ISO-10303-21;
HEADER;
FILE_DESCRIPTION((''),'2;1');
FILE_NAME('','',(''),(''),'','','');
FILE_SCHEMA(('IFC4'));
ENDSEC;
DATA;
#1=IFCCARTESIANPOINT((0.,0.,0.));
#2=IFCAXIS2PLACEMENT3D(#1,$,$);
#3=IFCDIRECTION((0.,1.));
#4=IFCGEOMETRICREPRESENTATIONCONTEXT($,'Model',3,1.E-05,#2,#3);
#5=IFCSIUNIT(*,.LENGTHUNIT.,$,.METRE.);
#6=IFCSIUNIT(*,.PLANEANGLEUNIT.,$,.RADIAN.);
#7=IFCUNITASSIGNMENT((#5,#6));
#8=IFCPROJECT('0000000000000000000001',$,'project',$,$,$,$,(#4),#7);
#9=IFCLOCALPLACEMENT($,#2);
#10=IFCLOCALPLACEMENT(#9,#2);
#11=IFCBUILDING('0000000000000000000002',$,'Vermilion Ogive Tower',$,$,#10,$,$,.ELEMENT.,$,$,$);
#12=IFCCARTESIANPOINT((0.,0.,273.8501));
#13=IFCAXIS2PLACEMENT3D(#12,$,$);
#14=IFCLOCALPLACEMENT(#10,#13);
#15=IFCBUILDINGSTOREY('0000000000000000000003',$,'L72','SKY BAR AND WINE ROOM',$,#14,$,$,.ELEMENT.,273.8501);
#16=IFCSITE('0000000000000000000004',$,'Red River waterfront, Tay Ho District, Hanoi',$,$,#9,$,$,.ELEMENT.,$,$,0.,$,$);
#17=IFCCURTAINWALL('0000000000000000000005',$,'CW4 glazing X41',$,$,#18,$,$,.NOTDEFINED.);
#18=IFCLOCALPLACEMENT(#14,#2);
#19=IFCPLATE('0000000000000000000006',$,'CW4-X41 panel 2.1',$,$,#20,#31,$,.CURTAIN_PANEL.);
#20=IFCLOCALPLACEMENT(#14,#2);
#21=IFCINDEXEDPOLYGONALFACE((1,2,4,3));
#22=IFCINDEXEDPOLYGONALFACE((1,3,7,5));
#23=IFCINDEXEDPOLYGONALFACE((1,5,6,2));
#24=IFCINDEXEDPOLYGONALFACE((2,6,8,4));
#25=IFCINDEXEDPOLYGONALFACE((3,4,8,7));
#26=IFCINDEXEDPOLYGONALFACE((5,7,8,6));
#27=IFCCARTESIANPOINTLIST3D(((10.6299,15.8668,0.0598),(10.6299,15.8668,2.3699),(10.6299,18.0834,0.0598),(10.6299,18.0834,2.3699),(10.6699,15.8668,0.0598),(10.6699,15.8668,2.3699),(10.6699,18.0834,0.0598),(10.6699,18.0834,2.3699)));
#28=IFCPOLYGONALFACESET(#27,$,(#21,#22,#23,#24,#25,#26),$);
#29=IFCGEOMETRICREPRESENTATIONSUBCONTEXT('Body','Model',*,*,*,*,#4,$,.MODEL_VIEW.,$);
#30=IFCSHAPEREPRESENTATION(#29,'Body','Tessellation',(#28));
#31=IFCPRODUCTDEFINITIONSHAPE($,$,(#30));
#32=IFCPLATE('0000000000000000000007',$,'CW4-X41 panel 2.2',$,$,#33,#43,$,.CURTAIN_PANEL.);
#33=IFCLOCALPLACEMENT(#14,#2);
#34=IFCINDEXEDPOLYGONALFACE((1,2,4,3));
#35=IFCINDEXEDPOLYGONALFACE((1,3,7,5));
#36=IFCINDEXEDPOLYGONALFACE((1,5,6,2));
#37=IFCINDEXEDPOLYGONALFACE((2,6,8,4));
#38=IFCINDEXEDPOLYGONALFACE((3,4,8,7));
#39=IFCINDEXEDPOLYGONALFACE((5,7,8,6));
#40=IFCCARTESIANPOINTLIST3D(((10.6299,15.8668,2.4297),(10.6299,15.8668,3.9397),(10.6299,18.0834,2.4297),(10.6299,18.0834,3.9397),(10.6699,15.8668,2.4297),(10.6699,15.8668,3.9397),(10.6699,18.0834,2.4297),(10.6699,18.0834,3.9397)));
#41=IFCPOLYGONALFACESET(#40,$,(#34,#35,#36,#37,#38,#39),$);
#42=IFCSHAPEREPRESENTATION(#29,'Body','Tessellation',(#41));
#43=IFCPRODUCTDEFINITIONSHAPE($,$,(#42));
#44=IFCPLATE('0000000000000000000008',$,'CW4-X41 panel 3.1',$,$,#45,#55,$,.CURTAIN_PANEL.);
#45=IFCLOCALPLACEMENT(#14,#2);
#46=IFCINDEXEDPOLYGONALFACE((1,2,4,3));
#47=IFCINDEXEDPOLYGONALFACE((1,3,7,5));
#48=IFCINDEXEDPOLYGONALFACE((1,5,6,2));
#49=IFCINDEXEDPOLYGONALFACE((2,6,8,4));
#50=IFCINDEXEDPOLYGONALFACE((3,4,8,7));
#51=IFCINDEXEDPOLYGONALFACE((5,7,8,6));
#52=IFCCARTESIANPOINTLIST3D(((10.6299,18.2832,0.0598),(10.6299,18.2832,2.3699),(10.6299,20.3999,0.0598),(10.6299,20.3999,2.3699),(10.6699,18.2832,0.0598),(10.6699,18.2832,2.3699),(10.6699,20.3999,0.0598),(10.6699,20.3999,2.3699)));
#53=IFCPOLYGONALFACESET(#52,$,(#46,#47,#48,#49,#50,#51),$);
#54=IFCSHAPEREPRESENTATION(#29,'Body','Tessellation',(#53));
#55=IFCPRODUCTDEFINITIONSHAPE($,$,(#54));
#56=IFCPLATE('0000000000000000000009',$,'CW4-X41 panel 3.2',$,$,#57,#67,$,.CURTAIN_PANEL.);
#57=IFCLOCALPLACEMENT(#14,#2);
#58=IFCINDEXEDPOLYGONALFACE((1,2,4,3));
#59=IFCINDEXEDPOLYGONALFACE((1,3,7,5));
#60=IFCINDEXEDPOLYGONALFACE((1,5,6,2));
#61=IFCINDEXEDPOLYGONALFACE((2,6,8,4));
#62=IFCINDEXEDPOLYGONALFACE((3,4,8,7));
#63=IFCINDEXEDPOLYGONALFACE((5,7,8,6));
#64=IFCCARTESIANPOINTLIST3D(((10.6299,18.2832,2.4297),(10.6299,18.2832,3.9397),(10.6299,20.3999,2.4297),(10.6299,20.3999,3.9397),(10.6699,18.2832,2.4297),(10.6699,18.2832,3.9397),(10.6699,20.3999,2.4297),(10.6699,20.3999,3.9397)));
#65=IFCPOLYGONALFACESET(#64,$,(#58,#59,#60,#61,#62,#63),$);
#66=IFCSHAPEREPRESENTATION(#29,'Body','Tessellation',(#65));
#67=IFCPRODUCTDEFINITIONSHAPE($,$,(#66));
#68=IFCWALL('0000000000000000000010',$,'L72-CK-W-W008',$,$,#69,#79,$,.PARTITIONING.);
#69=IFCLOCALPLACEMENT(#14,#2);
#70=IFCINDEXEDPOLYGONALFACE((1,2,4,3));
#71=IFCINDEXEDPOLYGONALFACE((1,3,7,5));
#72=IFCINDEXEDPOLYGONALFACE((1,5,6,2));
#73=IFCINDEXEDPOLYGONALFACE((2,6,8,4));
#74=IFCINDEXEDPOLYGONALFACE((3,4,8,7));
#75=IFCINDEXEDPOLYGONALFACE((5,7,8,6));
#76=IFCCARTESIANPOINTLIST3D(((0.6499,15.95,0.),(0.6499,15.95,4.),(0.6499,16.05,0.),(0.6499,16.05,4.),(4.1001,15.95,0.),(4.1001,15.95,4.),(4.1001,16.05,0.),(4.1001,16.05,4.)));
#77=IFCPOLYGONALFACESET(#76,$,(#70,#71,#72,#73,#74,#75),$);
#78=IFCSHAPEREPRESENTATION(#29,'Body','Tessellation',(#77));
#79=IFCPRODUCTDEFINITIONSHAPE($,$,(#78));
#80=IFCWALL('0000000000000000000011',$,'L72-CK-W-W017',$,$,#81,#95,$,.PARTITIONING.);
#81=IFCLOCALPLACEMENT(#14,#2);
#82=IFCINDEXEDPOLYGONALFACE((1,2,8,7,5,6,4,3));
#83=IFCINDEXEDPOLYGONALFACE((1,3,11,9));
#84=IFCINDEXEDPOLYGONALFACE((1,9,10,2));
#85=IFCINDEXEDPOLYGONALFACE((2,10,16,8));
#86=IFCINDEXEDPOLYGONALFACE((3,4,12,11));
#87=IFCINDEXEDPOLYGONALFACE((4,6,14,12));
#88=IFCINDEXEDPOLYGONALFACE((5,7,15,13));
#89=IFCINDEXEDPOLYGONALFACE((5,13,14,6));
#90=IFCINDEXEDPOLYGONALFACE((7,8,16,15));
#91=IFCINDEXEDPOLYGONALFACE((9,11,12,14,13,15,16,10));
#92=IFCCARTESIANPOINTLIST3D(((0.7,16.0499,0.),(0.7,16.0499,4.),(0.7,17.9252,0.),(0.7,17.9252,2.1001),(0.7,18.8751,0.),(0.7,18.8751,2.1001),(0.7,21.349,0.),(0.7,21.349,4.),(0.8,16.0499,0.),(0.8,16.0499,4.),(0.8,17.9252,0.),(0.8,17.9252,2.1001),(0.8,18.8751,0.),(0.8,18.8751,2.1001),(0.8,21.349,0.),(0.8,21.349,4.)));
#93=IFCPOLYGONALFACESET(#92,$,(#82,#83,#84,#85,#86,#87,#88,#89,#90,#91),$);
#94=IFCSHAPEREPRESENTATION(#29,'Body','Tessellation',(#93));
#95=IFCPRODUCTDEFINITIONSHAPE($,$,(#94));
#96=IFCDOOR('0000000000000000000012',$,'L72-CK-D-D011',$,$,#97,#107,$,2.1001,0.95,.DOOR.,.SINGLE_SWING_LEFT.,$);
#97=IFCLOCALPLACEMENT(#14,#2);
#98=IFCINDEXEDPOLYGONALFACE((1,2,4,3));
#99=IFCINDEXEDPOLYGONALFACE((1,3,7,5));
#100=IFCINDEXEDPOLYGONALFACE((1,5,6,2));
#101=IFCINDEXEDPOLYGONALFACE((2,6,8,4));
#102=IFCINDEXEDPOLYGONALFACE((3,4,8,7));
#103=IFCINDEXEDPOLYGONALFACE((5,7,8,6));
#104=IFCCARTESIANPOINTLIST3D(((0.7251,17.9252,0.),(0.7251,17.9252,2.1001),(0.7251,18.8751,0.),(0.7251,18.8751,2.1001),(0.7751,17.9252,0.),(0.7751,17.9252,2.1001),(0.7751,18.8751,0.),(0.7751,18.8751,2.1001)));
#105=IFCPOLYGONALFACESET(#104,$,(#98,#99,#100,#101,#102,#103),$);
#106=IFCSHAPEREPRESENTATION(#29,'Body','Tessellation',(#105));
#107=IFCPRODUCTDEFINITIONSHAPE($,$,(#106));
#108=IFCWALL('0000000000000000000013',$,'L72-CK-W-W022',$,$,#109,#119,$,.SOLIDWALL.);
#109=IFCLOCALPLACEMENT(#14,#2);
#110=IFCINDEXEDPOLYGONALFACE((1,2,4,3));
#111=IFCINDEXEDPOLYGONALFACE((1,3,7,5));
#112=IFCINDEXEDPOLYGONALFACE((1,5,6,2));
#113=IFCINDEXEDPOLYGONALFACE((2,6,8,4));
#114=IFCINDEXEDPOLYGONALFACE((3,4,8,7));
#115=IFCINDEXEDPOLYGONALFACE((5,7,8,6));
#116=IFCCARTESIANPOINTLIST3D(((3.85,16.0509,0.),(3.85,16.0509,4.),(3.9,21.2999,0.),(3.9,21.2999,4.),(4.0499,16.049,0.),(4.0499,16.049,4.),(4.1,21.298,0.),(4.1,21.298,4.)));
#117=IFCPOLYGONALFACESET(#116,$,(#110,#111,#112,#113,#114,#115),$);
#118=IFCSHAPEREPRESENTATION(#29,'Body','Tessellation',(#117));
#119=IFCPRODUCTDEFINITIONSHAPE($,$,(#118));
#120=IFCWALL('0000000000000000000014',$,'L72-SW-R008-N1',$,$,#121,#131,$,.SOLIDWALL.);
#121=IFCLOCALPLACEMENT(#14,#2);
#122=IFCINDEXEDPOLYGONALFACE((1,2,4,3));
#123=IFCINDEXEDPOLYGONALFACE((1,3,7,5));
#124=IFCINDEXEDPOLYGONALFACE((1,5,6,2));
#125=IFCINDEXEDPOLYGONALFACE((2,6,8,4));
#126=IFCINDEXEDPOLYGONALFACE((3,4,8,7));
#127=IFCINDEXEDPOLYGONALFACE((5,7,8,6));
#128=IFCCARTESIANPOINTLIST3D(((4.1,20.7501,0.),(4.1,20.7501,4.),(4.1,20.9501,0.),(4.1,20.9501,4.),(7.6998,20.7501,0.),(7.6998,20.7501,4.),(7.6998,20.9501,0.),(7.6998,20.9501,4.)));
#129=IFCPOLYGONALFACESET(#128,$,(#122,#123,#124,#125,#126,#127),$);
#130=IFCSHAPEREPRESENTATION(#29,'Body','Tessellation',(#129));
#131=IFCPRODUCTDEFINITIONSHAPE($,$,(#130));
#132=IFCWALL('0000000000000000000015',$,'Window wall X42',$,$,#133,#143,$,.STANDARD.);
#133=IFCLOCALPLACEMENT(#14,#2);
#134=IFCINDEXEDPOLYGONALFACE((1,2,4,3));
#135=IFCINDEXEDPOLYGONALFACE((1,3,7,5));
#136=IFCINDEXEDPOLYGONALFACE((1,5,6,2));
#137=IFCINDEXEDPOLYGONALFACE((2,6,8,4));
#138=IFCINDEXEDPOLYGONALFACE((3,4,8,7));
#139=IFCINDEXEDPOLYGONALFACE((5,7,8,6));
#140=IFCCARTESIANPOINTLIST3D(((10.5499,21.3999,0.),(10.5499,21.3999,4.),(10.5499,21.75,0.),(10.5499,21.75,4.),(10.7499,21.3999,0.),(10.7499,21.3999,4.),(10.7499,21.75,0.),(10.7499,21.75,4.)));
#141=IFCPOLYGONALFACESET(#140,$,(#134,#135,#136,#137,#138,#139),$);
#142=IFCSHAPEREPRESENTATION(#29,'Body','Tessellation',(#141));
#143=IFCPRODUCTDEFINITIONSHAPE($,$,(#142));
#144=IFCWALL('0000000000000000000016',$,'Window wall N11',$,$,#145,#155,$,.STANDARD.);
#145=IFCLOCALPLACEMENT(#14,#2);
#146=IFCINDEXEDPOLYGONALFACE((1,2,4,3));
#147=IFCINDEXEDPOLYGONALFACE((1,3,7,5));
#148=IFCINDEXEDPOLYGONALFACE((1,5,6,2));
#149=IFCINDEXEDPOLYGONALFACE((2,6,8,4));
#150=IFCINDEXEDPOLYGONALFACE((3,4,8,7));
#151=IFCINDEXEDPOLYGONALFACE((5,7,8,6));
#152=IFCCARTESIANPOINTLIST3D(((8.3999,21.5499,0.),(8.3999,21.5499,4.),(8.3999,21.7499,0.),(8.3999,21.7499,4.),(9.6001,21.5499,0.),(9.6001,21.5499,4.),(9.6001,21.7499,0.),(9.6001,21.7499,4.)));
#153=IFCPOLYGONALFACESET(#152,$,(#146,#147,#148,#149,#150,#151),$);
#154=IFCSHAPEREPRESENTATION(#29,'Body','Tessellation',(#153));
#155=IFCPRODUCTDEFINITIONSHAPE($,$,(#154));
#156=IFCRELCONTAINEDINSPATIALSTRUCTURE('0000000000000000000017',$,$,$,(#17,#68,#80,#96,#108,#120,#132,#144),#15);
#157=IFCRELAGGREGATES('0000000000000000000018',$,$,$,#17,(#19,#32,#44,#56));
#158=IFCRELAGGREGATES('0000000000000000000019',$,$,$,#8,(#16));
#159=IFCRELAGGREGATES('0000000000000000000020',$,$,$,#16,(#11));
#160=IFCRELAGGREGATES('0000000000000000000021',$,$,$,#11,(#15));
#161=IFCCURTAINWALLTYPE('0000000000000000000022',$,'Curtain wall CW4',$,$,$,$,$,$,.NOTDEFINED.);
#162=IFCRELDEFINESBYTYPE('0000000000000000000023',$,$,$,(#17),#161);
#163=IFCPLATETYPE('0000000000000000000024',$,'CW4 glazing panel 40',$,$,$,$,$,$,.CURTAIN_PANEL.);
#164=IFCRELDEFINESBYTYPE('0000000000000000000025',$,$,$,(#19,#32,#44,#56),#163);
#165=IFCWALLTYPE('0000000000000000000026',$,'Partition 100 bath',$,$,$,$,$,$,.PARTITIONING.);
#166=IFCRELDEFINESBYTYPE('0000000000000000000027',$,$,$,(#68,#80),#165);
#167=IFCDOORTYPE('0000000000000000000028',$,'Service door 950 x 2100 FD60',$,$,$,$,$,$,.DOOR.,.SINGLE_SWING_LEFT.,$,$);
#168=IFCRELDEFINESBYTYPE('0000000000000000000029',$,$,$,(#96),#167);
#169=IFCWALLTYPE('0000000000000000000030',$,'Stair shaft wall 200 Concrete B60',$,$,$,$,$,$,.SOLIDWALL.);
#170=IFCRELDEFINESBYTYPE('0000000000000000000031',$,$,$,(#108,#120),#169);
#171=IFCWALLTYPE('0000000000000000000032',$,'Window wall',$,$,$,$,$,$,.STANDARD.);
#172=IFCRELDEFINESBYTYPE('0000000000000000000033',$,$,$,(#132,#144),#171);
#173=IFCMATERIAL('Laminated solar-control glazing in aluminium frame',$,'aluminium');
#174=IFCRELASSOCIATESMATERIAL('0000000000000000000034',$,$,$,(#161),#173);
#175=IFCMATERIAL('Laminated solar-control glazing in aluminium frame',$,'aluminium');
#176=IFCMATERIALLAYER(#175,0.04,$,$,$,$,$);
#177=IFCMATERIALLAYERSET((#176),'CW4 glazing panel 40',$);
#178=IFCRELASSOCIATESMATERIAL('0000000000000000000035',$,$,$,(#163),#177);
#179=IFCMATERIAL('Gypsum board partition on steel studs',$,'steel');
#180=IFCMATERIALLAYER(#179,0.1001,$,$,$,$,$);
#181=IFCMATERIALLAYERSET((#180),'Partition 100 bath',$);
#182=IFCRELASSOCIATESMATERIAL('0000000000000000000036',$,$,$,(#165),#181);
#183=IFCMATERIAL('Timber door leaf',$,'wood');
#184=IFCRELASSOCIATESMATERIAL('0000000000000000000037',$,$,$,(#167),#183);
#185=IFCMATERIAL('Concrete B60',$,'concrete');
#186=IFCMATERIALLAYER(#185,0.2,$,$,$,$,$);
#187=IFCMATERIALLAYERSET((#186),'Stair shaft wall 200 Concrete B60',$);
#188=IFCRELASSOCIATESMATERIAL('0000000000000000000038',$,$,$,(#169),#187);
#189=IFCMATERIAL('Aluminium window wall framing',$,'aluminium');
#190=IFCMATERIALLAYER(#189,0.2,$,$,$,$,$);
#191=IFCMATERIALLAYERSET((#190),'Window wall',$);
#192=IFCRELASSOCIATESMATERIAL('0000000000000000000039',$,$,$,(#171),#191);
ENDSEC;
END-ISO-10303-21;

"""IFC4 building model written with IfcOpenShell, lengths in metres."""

from ifc_helpers import new_model, si_unit, direction, frame, frame_2d, origin, origin_2d, place, context, subcontext, project, spatial, rectangle, extrude, material, layer, layer_set, type_object, element, fill, aggregate, save


model = new_model("IFC4")

# Units and contexts
model_context = context("Model", 3, precision=1e-05, world=origin(), true_north=direction((0.0, 1.0)))
body_context = subcontext(model_context, "Body", "Model", "MODEL_VIEW")
ifc_project = project(units=[si_unit("LENGTHUNIT", "METRE"), si_unit("PLANEANGLEUNIT", "RADIAN")], contexts=[model_context])

# Site, building, storey
site_placement = place(None, origin())
site = spatial("IfcSite", under=ifc_project, at=site_placement, Name="Red River waterfront, Tay Ho District, Hanoi", CompositionType="ELEMENT", RefElevation=0.0)
building_placement = place(site_placement, origin())
building = spatial("IfcBuilding", under=site, at=building_placement, Name="Vermilion Ogive Tower", CompositionType="ELEMENT")
storey_placement = place(building_placement, frame((0.0, 0.0, 273.8501)))
storey = spatial("IfcBuildingStorey", under=building, at=storey_placement, Name="L72", Description="SKY BAR AND WINE ROOM", CompositionType="ELEMENT", Elevation=273.8501)

# Curtain wall, plates
ifc_material_1 = material(Name="Laminated solar-control glazing in aluminium frame", Category="aluminium")
curtain_wall_type = type_object("IfcCurtainWallType", Name="Curtain wall CW4", PredefinedType="NOTDEFINED", material=ifc_material_1)
curtain_wall_placement = place(storey_placement, origin())
curtain_wall = element("IfcCurtainWall", 1, at=curtain_wall_placement, inside=storey, type_object=curtain_wall_type, Name="CW4 glazing X41", PredefinedType="NOTDEFINED")
ifc_material_2 = material(Name="Laminated solar-control glazing in aluminium frame", Category="aluminium")
ifc_layer_1 = layer(ifc_material_2, 0.04)
ifc_layer_set_1 = layer_set([ifc_layer_1], Name="CW4 glazing panel 40")
plate_type = type_object("IfcPlateType", Name="CW4 glazing panel 40", PredefinedType="CURTAIN_PANEL", material=ifc_layer_set_1)
plate_1_placement = place(storey_placement, frame((10.6499, 16.9751, 0.0598), z_axis=(0.0, 0.0, 1.0), x_axis=(0.0, 1.0, 0.0)))
plate_1 = element("IfcPlate", 2, at=plate_1_placement, type_object=plate_type, Name="CW4-X41 panel 2.1", PredefinedType="CURTAIN_PANEL", context=body_context, shape_type="SweptSolid", body=[
    extrude(rectangle(XDim=2.2166, YDim=0.04, at=origin_2d()), origin(), (0.0, 0.0, 1.0), 2.3101),
])
plate_2_placement = place(storey_placement, frame((10.6499, 16.9751, 2.4297), z_axis=(0.0, 0.0, 1.0), x_axis=(0.0, 1.0, 0.0)))
plate_2 = element("IfcPlate", 3, at=plate_2_placement, type_object=plate_type, Name="CW4-X41 panel 2.2", PredefinedType="CURTAIN_PANEL", context=body_context, shape_type="SweptSolid", body=[
    extrude(rectangle(XDim=2.2166, YDim=0.04, at=origin_2d()), origin(), (0.0, 0.0, 1.0), 1.51),
])
plate_3_placement = place(storey_placement, frame((10.6499, 19.3416, 0.0598), z_axis=(0.0, 0.0, 1.0), x_axis=(0.0, 1.0, 0.0)))
plate_3 = element("IfcPlate", 4, at=plate_3_placement, type_object=plate_type, Name="CW4-X41 panel 3.1", PredefinedType="CURTAIN_PANEL", context=body_context, shape_type="SweptSolid", body=[
    extrude(rectangle(XDim=2.1167, YDim=0.04, at=origin_2d()), origin(), (0.0, 0.0, 1.0), 2.3101),
])
plate_4_placement = place(storey_placement, frame((10.6499, 19.3416, 2.4297), z_axis=(0.0, 0.0, 1.0), x_axis=(0.0, 1.0, 0.0)))
plate_4 = element("IfcPlate", 5, at=plate_4_placement, type_object=plate_type, Name="CW4-X41 panel 3.2", PredefinedType="CURTAIN_PANEL", context=body_context, shape_type="SweptSolid", body=[
    extrude(rectangle(XDim=2.1167, YDim=0.04, at=origin_2d()), origin(), (0.0, 0.0, 1.0), 1.51),
])
aggregate(curtain_wall, [plate_1, plate_2, plate_3, plate_4])

# Wall
ifc_material_3 = material(Name="Gypsum board partition on steel studs", Category="steel")
ifc_layer_2 = layer(ifc_material_3, 0.1001)
ifc_layer_set_2 = layer_set([ifc_layer_2], Name="Partition 100 bath")
wall_type_1 = type_object("IfcWallType", Name="Partition 100 bath", PredefinedType="PARTITIONING", material=ifc_layer_set_2)
wall_1_placement = place(storey_placement, frame((0.6499, 16.0, 0.0), z_axis=(0.0, 0.0, 1.0), x_axis=(1.0, 0.0, 0.0)))
element("IfcWall", 6, at=wall_1_placement, inside=storey, type_object=wall_type_1, Name="L72-CK-W-W008", PredefinedType="PARTITIONING", context=body_context, shape_type="SweptSolid", body=[
    extrude(rectangle(XDim=3.4502, YDim=0.1001, at=frame_2d((1.7251, 0.0))), origin(), (0.0, 0.0, 1.0), 4.0),
])

# Wall, opening, door
wall_2_placement = place(storey_placement, frame((0.75, 16.05, 0.0), z_axis=(0.0, 0.0, 1.0), x_axis=(0.0, 1.0, 0.0)))
wall_2 = element("IfcWall", 7, at=wall_2_placement, inside=storey, type_object=wall_type_1, Name="L72-CK-W-W017", PredefinedType="PARTITIONING", context=body_context, shape_type="SweptSolid", body=[
    extrude(rectangle(XDim=5.2991, YDim=0.1001, at=frame_2d((2.6494, 0.0))), origin(), (0.0, 0.0, 1.0), 4.0),
])
opening_placement = place(wall_2_placement, frame((1.875, 0.0, 0.0)))
opening = element("IfcOpeningElement", 8, at=opening_placement, cuts=wall_2, PredefinedType="OPENING", context=body_context, shape_type="SweptSolid", body=[
    extrude(rectangle(XDim=0.95, YDim=2.1001, at=frame_2d((0.4751, 1.05))), frame((0.0, 0.0601, 0.0), z_axis=(0.0, -1.0, 0.0), x_axis=(1.0, 0.0, 0.0)), (0.0, 0.0, 1.0), 0.1201),
])
ifc_material_4 = material(Name="Timber door leaf", Category="wood")
door_type = type_object("IfcDoorType", Name="Service door 950 x 2100 FD60", OperationType="SINGLE_SWING_LEFT", PredefinedType="DOOR", material=ifc_material_4)
door_placement = place(opening_placement, origin())
door = element("IfcDoor", 9, at=door_placement, inside=storey, type_object=door_type, Name="L72-CK-D-D011", OperationType="SINGLE_SWING_LEFT", OverallHeight=2.1001, OverallWidth=0.95, PredefinedType="DOOR", context=body_context, shape_type="SweptSolid", body=[
    extrude(rectangle(XDim=0.95, YDim=2.1001, at=frame_2d((0.4751, 1.05))), frame((0.0, 0.0249, 0.0), z_axis=(0.0, -1.0, 0.0), x_axis=(1.0, 0.0, 0.0)), (0.0, 0.0, 1.0), 0.05),
])
fill(opening, door)

# Walls
ifc_material_5 = material(Name="Concrete B60", Category="concrete")
ifc_layer_3 = layer(ifc_material_5, 0.2)
ifc_layer_set_3 = layer_set([ifc_layer_3], Name="Stair shaft wall 200 Concrete B60")
wall_type_2 = type_object("IfcWallType", Name="Stair shaft wall 200 Concrete B60", PredefinedType="SOLIDWALL", material=ifc_layer_set_3)
wall_3_placement = place(storey_placement, frame((3.95, 16.05, 0.0), z_axis=(0.0, 0.0, 1.0), x_axis=(0.009534, 0.999955, 0.0)))
element("IfcWall", 10, at=wall_3_placement, inside=storey, type_object=wall_type_2, Name="L72-CK-W-W022", PredefinedType="SOLIDWALL", context=body_context, shape_type="SweptSolid", body=[
    extrude(rectangle(XDim=5.2493, YDim=0.2, at=frame_2d((2.6245, 0.0))), origin(), (0.0, 0.0, 1.0), 4.0),
])
wall_4_placement = place(storey_placement, frame((4.1001, 20.8501, 0.0), z_axis=(0.0, 0.0, 1.0), x_axis=(1.0, 0.0, 0.0)))
element("IfcWall", 11, at=wall_4_placement, inside=storey, type_object=wall_type_2, Name="L72-SW-R008-N1", PredefinedType="SOLIDWALL", context=body_context, shape_type="SweptSolid", body=[
    extrude(rectangle(XDim=3.5999, YDim=0.2, at=frame_2d((1.7998, 0.0))), origin(), (0.0, 0.0, 1.0), 4.0),
])
ifc_material_6 = material(Name="Aluminium window wall framing", Category="aluminium")
ifc_layer_4 = layer(ifc_material_6, 0.2)
ifc_layer_set_4 = layer_set([ifc_layer_4], Name="Window wall")
wall_type_3 = type_object("IfcWallType", Name="Window wall", PredefinedType="STANDARD", material=ifc_layer_set_4)
wall_5_placement = place(storey_placement, frame((10.6499, 21.3999, 0.0), z_axis=(0.0, 0.0, 1.0), x_axis=(0.0, 1.0, 0.0)))
element("IfcWall", 12, at=wall_5_placement, inside=storey, type_object=wall_type_3, Name="Window wall X42", PredefinedType="STANDARD", context=body_context, shape_type="SweptSolid", body=[
    extrude(rectangle(XDim=0.3501, YDim=0.2, at=frame_2d((0.175, 0.0))), origin(), (0.0, 0.0, 1.0), 4.0),
])
wall_6_placement = place(storey_placement, frame((9.6001, 21.6499, 0.0), z_axis=(0.0, 0.0, 1.0), x_axis=(-1.0, 0.0, 0.0)))
element("IfcWall", 13, at=wall_6_placement, inside=storey, type_object=wall_type_3, Name="Window wall N11", PredefinedType="STANDARD", context=body_context, shape_type="SweptSolid", body=[
    extrude(rectangle(XDim=1.2002, YDim=0.2, at=frame_2d((0.6001, 0.0))), origin(), (0.0, 0.0, 1.0), 4.0),
])

save(model, "model.ifc")
